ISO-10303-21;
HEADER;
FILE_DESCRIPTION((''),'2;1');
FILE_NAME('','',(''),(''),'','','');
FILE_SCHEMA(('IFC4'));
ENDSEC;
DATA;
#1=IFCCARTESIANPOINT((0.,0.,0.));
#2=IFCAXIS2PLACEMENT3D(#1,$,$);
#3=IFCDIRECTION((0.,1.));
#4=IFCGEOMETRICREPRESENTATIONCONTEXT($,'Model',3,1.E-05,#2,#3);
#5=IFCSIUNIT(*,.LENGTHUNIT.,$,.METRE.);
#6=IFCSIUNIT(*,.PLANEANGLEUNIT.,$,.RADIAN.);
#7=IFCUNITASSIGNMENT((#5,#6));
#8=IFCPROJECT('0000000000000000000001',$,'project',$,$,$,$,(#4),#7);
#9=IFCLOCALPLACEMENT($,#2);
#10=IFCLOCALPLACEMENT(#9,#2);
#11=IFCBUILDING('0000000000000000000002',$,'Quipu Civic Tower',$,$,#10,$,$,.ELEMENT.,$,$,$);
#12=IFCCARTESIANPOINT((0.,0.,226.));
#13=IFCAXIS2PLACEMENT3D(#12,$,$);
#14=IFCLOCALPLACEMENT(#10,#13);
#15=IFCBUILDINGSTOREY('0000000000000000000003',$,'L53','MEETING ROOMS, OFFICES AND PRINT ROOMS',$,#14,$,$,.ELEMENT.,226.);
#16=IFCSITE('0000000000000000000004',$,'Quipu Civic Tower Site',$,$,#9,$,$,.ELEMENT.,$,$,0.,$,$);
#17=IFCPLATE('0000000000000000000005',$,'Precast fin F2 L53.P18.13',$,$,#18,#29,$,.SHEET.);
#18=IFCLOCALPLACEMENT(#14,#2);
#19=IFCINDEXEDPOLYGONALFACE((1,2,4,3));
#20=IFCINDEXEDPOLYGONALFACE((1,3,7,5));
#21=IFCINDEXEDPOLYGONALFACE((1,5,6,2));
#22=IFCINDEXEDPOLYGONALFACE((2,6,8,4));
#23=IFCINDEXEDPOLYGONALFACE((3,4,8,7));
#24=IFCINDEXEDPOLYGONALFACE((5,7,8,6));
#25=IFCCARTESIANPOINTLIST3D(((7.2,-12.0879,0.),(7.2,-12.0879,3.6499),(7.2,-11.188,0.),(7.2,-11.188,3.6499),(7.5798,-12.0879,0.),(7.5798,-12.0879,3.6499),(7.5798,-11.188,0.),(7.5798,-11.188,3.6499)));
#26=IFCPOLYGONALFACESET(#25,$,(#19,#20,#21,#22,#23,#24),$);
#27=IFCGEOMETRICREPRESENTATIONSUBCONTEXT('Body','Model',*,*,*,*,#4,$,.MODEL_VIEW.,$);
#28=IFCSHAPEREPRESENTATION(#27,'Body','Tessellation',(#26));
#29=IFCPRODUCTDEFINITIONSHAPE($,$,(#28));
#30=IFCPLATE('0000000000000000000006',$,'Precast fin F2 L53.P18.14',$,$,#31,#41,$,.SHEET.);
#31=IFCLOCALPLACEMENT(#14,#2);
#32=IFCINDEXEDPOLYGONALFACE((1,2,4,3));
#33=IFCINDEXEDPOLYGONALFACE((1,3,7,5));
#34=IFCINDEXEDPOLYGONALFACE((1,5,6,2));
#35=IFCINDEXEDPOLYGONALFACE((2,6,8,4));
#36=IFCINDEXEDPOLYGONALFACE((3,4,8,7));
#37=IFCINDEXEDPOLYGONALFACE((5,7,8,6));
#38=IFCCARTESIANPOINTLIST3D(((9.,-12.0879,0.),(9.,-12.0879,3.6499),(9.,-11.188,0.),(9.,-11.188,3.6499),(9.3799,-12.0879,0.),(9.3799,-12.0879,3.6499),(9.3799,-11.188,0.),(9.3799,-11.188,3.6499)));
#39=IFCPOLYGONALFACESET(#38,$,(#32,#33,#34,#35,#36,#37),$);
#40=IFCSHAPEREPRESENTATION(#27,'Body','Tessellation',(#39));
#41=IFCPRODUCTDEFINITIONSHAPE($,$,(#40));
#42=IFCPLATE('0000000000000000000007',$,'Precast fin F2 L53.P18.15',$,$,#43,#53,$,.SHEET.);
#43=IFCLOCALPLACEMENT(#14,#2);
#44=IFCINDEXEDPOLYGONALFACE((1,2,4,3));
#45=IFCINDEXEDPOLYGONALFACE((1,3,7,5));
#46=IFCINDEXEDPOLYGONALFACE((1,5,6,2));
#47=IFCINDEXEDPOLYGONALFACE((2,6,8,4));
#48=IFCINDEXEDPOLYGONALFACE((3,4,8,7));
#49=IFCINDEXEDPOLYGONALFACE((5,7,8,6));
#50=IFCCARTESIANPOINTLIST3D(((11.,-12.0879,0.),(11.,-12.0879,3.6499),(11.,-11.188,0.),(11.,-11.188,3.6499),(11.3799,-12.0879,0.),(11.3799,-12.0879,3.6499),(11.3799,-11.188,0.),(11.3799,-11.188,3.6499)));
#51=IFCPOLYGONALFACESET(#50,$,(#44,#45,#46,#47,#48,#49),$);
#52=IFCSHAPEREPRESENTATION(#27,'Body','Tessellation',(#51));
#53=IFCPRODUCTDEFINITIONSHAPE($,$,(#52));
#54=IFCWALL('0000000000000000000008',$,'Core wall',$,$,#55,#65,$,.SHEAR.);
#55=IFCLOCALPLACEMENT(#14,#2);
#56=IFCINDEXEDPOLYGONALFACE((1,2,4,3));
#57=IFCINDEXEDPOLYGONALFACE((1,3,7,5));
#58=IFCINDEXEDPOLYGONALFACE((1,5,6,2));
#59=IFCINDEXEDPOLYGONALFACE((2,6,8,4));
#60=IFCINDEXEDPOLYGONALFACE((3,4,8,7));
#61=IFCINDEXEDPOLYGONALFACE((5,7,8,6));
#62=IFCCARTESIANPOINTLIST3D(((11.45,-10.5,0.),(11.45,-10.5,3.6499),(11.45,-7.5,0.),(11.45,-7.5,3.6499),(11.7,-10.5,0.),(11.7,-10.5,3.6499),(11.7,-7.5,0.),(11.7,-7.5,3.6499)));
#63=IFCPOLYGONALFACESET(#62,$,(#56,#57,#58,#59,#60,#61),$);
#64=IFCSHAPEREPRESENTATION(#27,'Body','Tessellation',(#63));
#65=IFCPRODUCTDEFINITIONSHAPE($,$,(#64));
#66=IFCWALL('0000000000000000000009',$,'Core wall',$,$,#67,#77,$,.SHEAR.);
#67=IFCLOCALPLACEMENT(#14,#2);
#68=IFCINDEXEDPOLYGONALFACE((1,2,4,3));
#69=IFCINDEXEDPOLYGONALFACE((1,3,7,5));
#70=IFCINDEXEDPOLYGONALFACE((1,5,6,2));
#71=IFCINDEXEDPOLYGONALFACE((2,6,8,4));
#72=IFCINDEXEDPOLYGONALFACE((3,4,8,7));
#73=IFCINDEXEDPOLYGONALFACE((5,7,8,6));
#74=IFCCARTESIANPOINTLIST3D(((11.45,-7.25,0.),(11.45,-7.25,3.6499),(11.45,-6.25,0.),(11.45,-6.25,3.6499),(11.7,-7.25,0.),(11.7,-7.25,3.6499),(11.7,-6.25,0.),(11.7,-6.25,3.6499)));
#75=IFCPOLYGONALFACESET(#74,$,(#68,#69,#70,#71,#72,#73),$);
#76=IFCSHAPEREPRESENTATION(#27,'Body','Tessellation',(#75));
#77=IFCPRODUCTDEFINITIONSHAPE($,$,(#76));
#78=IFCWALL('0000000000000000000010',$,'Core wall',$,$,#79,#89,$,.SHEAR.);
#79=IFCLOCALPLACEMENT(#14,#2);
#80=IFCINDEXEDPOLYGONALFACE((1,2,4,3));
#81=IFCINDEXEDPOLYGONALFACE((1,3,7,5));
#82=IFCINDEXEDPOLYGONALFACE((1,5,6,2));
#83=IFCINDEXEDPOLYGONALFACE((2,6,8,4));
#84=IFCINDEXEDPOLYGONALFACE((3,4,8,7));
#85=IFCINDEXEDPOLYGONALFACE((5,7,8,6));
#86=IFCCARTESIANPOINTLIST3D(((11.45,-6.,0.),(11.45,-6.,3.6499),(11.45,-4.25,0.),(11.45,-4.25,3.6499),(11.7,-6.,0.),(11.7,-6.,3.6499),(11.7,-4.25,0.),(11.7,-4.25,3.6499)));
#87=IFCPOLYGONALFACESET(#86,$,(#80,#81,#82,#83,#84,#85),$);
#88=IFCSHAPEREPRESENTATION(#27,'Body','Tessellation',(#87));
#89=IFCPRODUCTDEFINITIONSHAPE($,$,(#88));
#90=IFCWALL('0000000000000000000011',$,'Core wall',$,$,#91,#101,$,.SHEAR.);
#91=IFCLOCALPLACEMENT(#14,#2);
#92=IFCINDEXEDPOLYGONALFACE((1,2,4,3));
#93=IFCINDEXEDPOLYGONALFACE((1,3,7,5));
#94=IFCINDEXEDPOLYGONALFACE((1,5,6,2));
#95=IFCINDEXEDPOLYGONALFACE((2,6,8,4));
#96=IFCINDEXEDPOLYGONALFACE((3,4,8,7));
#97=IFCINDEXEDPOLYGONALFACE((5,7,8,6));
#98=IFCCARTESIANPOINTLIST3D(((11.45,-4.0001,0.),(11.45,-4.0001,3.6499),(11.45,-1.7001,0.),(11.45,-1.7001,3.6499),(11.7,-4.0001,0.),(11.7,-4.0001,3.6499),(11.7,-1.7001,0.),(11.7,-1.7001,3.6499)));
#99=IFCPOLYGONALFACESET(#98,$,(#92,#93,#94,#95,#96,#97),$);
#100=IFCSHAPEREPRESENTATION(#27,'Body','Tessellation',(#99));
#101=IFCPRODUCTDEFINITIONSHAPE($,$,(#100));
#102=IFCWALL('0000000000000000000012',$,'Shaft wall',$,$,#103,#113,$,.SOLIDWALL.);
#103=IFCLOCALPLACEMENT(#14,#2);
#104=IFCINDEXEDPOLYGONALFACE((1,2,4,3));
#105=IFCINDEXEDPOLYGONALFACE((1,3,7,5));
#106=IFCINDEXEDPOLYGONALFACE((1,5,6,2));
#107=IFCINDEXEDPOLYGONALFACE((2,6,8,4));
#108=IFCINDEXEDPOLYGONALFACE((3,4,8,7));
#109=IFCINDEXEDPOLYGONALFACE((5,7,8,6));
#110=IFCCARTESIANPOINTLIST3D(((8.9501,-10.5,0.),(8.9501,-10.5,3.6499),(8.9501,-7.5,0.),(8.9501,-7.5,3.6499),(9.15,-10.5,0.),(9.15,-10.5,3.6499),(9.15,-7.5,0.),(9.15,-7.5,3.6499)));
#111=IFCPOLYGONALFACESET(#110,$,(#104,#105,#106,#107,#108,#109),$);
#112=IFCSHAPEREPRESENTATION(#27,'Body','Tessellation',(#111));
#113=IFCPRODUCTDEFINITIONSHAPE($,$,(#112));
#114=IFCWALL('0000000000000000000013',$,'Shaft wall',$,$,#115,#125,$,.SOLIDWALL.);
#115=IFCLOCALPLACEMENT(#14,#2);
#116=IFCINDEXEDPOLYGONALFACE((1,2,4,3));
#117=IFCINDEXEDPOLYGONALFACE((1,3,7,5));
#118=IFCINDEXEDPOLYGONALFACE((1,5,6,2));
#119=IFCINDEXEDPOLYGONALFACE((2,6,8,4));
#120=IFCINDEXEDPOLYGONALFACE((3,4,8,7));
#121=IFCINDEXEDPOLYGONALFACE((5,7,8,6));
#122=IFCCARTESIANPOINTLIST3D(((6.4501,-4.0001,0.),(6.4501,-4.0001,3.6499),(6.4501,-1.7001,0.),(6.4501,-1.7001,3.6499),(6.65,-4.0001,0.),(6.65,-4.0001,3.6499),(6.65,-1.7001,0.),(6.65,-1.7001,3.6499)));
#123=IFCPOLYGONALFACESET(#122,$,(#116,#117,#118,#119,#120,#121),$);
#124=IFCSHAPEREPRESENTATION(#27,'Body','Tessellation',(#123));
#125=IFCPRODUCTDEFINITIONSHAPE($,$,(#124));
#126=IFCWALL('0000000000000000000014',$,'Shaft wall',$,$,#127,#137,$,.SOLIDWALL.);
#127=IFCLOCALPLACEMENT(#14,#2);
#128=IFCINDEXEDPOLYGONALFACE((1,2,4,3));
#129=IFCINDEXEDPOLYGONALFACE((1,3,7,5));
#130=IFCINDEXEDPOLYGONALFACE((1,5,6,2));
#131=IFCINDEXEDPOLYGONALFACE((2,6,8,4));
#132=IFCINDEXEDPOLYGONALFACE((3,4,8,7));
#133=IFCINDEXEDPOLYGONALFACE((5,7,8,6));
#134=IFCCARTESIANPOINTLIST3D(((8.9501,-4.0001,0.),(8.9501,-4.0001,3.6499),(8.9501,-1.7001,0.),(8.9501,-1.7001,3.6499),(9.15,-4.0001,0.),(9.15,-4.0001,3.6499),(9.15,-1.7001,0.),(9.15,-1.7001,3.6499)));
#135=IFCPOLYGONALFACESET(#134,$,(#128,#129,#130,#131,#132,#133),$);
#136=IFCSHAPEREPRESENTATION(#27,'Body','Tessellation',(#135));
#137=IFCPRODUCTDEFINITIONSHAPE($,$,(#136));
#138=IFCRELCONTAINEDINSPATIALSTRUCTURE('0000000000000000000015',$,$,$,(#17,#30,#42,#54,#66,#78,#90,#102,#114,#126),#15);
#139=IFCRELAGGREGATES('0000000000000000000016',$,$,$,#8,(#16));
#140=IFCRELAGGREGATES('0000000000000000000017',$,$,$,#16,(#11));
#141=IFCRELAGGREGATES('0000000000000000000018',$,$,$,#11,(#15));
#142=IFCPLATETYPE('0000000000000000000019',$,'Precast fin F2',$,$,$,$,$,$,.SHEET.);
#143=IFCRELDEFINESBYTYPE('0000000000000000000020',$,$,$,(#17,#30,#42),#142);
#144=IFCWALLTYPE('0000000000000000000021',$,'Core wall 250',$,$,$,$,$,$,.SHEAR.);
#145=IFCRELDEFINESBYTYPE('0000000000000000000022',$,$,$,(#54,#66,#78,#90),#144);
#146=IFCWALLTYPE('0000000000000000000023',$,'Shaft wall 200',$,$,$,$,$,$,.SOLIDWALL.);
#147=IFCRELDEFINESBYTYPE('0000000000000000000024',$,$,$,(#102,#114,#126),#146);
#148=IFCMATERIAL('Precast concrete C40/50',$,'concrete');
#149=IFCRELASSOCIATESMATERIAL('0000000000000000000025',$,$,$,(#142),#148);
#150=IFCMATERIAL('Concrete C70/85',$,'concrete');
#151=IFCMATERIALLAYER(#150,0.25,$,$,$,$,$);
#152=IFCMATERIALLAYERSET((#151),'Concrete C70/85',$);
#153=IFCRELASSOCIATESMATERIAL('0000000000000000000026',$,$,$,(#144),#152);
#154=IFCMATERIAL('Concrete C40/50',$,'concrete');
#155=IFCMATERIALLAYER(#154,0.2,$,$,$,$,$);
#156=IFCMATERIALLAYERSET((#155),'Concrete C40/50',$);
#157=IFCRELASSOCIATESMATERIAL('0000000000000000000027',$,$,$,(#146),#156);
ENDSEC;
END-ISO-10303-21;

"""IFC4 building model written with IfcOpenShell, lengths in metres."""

from ifc_helpers import new_model, si_unit, direction, frame, frame_2d, origin, origin_2d, place, context, subcontext, project, spatial, rectangle, extrude, material, layer, layer_set, type_object, element, save


model = new_model("IFC4")

# Units and contexts
model_context = context("Model", 3, precision=1e-05, world=origin(), true_north=direction((0.0, 1.0)))
body_context = subcontext(model_context, "Body", "Model", "MODEL_VIEW")
ifc_project = project(units=[si_unit("LENGTHUNIT", "METRE"), si_unit("PLANEANGLEUNIT", "RADIAN")], contexts=[model_context])

# Site, building, storey
site_placement = place(None, origin())
site = spatial("IfcSite", under=ifc_project, at=site_placement, Name="Quipu Civic Tower Site", CompositionType="ELEMENT", RefElevation=0.0)
building_placement = place(site_placement, origin())
building = spatial("IfcBuilding", under=site, at=building_placement, Name="Quipu Civic Tower", CompositionType="ELEMENT")
storey_placement = place(building_placement, frame((0.0, 0.0, 226.0)))
storey = spatial("IfcBuildingStorey", under=building, at=storey_placement, Name="L53", Description="MEETING ROOMS, OFFICES AND PRINT ROOMS", CompositionType="ELEMENT", Elevation=226.0)

# Plates
ifc_material_1 = material(Name="Precast concrete C40/50", Category="concrete")
plate_type = type_object("IfcPlateType", Name="Precast fin F2", PredefinedType="SHEET", material=ifc_material_1)
for number, where, z_axis, x_axis, name in (
    (1, (7.3899, -11.6379, 0.0), (0.0, 0.0, 1.0), (1.0, 0.0, 0.0), "Precast fin F2 L53.P18.13"),
    (2, (9.1899, -11.6379, 0.0), (0.0, 0.0, 1.0), (1.0, 0.0, 0.0), "Precast fin F2 L53.P18.14"),
    (3, (11.1899, -11.6379, 0.0), (0.0, 0.0, 1.0), (1.0, 0.0, 0.0), "Precast fin F2 L53.P18.15"),
):
    element("IfcPlate", number, at=place(storey_placement, frame(where, z_axis=z_axis, x_axis=x_axis)), inside=storey, type_object=plate_type, Name=name, PredefinedType="SHEET", context=body_context, shape_type="SweptSolid", body=[
        extrude(rectangle(XDim=0.3799, YDim=0.8999, at=origin_2d()), origin(), (0.0, 0.0, 1.0), 3.6499),
    ])

# Walls
ifc_material_2 = material(Name="Concrete C70/85", Category="concrete")
ifc_layer_1 = layer(ifc_material_2, 0.25)
ifc_layer_set_1 = layer_set([ifc_layer_1], Name="Concrete C70/85")
wall_type_1 = type_object("IfcWallType", Name="Core wall 250", PredefinedType="SHEAR", material=ifc_layer_set_1)
wall_1_placement = place(storey_placement, frame((11.575, -10.5, 0.0), z_axis=(0.0, 0.0, 1.0), x_axis=(0.0, 1.0, 0.0)))
element("IfcWall", 4, at=wall_1_placement, inside=storey, type_object=wall_type_1, Name="Core wall", PredefinedType="SHEAR", context=body_context, shape_type="SweptSolid", body=[
    extrude(rectangle(XDim=3.0, YDim=0.25, at=frame_2d((1.5, 0.0))), origin(), (0.0, 0.0, 1.0), 3.6499),
])
wall_2_placement = place(storey_placement, frame((11.575, -7.25, 0.0), z_axis=(0.0, 0.0, 1.0), x_axis=(0.0, 1.0, 0.0)))
element("IfcWall", 5, at=wall_2_placement, inside=storey, type_object=wall_type_1, Name="Core wall", PredefinedType="SHEAR", context=body_context, shape_type="SweptSolid", body=[
    extrude(rectangle(XDim=1.0, YDim=0.25, at=frame_2d((0.5, 0.0))), origin(), (0.0, 0.0, 1.0), 3.6499),
])
wall_3_placement = place(storey_placement, frame((11.575, -6.0, 0.0), z_axis=(0.0, 0.0, 1.0), x_axis=(0.0, 1.0, 0.0)))
element("IfcWall", 6, at=wall_3_placement, inside=storey, type_object=wall_type_1, Name="Core wall", PredefinedType="SHEAR", context=body_context, shape_type="SweptSolid", body=[
    extrude(rectangle(XDim=1.75, YDim=0.25, at=frame_2d((0.875, 0.0))), origin(), (0.0, 0.0, 1.0), 3.6499),
])
wall_4_placement = place(storey_placement, frame((11.575, -4.0, 0.0), z_axis=(0.0, 0.0, 1.0), x_axis=(0.0, 1.0, 0.0)))
element("IfcWall", 7, at=wall_4_placement, inside=storey, type_object=wall_type_1, Name="Core wall", PredefinedType="SHEAR", context=body_context, shape_type="SweptSolid", body=[
    extrude(rectangle(XDim=2.3, YDim=0.25, at=frame_2d((1.1499, 0.0))), origin(), (0.0, 0.0, 1.0), 3.6499),
])
ifc_material_3 = material(Name="Concrete C40/50", Category="concrete")
ifc_layer_2 = layer(ifc_material_3, 0.2)
ifc_layer_set_2 = layer_set([ifc_layer_2], Name="Concrete C40/50")
wall_type_2 = type_object("IfcWallType", Name="Shaft wall 200", PredefinedType="SOLIDWALL", material=ifc_layer_set_2)
wall_5_placement = place(storey_placement, frame((9.05, -10.5, 0.0), z_axis=(0.0, 0.0, 1.0), x_axis=(0.0, 1.0, 0.0)))
element("IfcWall", 8, at=wall_5_placement, inside=storey, type_object=wall_type_2, Name="Shaft wall", PredefinedType="SOLIDWALL", context=body_context, shape_type="SweptSolid", body=[
    extrude(rectangle(XDim=3.0, YDim=0.2, at=frame_2d((1.5, 0.0))), origin(), (0.0, 0.0, 1.0), 3.6499),
])
for number, where, z_axis, x_axis, name in (
    (9, (6.55, -4.0, 0.0), (0.0, 0.0, 1.0), (0.0, 1.0, 0.0), "Shaft wall"),
    (10, (9.05, -4.0, 0.0), (0.0, 0.0, 1.0), (0.0, 1.0, 0.0), "Shaft wall"),
):
    element("IfcWall", number, at=place(storey_placement, frame(where, z_axis=z_axis, x_axis=x_axis)), inside=storey, type_object=wall_type_2, Name=name, PredefinedType="SOLIDWALL", context=body_context, shape_type="SweptSolid", body=[
        extrude(rectangle(XDim=2.3, YDim=0.2, at=frame_2d((1.1499, 0.0))), origin(), (0.0, 0.0, 1.0), 3.6499),
    ])

save(model, "model.ifc")
